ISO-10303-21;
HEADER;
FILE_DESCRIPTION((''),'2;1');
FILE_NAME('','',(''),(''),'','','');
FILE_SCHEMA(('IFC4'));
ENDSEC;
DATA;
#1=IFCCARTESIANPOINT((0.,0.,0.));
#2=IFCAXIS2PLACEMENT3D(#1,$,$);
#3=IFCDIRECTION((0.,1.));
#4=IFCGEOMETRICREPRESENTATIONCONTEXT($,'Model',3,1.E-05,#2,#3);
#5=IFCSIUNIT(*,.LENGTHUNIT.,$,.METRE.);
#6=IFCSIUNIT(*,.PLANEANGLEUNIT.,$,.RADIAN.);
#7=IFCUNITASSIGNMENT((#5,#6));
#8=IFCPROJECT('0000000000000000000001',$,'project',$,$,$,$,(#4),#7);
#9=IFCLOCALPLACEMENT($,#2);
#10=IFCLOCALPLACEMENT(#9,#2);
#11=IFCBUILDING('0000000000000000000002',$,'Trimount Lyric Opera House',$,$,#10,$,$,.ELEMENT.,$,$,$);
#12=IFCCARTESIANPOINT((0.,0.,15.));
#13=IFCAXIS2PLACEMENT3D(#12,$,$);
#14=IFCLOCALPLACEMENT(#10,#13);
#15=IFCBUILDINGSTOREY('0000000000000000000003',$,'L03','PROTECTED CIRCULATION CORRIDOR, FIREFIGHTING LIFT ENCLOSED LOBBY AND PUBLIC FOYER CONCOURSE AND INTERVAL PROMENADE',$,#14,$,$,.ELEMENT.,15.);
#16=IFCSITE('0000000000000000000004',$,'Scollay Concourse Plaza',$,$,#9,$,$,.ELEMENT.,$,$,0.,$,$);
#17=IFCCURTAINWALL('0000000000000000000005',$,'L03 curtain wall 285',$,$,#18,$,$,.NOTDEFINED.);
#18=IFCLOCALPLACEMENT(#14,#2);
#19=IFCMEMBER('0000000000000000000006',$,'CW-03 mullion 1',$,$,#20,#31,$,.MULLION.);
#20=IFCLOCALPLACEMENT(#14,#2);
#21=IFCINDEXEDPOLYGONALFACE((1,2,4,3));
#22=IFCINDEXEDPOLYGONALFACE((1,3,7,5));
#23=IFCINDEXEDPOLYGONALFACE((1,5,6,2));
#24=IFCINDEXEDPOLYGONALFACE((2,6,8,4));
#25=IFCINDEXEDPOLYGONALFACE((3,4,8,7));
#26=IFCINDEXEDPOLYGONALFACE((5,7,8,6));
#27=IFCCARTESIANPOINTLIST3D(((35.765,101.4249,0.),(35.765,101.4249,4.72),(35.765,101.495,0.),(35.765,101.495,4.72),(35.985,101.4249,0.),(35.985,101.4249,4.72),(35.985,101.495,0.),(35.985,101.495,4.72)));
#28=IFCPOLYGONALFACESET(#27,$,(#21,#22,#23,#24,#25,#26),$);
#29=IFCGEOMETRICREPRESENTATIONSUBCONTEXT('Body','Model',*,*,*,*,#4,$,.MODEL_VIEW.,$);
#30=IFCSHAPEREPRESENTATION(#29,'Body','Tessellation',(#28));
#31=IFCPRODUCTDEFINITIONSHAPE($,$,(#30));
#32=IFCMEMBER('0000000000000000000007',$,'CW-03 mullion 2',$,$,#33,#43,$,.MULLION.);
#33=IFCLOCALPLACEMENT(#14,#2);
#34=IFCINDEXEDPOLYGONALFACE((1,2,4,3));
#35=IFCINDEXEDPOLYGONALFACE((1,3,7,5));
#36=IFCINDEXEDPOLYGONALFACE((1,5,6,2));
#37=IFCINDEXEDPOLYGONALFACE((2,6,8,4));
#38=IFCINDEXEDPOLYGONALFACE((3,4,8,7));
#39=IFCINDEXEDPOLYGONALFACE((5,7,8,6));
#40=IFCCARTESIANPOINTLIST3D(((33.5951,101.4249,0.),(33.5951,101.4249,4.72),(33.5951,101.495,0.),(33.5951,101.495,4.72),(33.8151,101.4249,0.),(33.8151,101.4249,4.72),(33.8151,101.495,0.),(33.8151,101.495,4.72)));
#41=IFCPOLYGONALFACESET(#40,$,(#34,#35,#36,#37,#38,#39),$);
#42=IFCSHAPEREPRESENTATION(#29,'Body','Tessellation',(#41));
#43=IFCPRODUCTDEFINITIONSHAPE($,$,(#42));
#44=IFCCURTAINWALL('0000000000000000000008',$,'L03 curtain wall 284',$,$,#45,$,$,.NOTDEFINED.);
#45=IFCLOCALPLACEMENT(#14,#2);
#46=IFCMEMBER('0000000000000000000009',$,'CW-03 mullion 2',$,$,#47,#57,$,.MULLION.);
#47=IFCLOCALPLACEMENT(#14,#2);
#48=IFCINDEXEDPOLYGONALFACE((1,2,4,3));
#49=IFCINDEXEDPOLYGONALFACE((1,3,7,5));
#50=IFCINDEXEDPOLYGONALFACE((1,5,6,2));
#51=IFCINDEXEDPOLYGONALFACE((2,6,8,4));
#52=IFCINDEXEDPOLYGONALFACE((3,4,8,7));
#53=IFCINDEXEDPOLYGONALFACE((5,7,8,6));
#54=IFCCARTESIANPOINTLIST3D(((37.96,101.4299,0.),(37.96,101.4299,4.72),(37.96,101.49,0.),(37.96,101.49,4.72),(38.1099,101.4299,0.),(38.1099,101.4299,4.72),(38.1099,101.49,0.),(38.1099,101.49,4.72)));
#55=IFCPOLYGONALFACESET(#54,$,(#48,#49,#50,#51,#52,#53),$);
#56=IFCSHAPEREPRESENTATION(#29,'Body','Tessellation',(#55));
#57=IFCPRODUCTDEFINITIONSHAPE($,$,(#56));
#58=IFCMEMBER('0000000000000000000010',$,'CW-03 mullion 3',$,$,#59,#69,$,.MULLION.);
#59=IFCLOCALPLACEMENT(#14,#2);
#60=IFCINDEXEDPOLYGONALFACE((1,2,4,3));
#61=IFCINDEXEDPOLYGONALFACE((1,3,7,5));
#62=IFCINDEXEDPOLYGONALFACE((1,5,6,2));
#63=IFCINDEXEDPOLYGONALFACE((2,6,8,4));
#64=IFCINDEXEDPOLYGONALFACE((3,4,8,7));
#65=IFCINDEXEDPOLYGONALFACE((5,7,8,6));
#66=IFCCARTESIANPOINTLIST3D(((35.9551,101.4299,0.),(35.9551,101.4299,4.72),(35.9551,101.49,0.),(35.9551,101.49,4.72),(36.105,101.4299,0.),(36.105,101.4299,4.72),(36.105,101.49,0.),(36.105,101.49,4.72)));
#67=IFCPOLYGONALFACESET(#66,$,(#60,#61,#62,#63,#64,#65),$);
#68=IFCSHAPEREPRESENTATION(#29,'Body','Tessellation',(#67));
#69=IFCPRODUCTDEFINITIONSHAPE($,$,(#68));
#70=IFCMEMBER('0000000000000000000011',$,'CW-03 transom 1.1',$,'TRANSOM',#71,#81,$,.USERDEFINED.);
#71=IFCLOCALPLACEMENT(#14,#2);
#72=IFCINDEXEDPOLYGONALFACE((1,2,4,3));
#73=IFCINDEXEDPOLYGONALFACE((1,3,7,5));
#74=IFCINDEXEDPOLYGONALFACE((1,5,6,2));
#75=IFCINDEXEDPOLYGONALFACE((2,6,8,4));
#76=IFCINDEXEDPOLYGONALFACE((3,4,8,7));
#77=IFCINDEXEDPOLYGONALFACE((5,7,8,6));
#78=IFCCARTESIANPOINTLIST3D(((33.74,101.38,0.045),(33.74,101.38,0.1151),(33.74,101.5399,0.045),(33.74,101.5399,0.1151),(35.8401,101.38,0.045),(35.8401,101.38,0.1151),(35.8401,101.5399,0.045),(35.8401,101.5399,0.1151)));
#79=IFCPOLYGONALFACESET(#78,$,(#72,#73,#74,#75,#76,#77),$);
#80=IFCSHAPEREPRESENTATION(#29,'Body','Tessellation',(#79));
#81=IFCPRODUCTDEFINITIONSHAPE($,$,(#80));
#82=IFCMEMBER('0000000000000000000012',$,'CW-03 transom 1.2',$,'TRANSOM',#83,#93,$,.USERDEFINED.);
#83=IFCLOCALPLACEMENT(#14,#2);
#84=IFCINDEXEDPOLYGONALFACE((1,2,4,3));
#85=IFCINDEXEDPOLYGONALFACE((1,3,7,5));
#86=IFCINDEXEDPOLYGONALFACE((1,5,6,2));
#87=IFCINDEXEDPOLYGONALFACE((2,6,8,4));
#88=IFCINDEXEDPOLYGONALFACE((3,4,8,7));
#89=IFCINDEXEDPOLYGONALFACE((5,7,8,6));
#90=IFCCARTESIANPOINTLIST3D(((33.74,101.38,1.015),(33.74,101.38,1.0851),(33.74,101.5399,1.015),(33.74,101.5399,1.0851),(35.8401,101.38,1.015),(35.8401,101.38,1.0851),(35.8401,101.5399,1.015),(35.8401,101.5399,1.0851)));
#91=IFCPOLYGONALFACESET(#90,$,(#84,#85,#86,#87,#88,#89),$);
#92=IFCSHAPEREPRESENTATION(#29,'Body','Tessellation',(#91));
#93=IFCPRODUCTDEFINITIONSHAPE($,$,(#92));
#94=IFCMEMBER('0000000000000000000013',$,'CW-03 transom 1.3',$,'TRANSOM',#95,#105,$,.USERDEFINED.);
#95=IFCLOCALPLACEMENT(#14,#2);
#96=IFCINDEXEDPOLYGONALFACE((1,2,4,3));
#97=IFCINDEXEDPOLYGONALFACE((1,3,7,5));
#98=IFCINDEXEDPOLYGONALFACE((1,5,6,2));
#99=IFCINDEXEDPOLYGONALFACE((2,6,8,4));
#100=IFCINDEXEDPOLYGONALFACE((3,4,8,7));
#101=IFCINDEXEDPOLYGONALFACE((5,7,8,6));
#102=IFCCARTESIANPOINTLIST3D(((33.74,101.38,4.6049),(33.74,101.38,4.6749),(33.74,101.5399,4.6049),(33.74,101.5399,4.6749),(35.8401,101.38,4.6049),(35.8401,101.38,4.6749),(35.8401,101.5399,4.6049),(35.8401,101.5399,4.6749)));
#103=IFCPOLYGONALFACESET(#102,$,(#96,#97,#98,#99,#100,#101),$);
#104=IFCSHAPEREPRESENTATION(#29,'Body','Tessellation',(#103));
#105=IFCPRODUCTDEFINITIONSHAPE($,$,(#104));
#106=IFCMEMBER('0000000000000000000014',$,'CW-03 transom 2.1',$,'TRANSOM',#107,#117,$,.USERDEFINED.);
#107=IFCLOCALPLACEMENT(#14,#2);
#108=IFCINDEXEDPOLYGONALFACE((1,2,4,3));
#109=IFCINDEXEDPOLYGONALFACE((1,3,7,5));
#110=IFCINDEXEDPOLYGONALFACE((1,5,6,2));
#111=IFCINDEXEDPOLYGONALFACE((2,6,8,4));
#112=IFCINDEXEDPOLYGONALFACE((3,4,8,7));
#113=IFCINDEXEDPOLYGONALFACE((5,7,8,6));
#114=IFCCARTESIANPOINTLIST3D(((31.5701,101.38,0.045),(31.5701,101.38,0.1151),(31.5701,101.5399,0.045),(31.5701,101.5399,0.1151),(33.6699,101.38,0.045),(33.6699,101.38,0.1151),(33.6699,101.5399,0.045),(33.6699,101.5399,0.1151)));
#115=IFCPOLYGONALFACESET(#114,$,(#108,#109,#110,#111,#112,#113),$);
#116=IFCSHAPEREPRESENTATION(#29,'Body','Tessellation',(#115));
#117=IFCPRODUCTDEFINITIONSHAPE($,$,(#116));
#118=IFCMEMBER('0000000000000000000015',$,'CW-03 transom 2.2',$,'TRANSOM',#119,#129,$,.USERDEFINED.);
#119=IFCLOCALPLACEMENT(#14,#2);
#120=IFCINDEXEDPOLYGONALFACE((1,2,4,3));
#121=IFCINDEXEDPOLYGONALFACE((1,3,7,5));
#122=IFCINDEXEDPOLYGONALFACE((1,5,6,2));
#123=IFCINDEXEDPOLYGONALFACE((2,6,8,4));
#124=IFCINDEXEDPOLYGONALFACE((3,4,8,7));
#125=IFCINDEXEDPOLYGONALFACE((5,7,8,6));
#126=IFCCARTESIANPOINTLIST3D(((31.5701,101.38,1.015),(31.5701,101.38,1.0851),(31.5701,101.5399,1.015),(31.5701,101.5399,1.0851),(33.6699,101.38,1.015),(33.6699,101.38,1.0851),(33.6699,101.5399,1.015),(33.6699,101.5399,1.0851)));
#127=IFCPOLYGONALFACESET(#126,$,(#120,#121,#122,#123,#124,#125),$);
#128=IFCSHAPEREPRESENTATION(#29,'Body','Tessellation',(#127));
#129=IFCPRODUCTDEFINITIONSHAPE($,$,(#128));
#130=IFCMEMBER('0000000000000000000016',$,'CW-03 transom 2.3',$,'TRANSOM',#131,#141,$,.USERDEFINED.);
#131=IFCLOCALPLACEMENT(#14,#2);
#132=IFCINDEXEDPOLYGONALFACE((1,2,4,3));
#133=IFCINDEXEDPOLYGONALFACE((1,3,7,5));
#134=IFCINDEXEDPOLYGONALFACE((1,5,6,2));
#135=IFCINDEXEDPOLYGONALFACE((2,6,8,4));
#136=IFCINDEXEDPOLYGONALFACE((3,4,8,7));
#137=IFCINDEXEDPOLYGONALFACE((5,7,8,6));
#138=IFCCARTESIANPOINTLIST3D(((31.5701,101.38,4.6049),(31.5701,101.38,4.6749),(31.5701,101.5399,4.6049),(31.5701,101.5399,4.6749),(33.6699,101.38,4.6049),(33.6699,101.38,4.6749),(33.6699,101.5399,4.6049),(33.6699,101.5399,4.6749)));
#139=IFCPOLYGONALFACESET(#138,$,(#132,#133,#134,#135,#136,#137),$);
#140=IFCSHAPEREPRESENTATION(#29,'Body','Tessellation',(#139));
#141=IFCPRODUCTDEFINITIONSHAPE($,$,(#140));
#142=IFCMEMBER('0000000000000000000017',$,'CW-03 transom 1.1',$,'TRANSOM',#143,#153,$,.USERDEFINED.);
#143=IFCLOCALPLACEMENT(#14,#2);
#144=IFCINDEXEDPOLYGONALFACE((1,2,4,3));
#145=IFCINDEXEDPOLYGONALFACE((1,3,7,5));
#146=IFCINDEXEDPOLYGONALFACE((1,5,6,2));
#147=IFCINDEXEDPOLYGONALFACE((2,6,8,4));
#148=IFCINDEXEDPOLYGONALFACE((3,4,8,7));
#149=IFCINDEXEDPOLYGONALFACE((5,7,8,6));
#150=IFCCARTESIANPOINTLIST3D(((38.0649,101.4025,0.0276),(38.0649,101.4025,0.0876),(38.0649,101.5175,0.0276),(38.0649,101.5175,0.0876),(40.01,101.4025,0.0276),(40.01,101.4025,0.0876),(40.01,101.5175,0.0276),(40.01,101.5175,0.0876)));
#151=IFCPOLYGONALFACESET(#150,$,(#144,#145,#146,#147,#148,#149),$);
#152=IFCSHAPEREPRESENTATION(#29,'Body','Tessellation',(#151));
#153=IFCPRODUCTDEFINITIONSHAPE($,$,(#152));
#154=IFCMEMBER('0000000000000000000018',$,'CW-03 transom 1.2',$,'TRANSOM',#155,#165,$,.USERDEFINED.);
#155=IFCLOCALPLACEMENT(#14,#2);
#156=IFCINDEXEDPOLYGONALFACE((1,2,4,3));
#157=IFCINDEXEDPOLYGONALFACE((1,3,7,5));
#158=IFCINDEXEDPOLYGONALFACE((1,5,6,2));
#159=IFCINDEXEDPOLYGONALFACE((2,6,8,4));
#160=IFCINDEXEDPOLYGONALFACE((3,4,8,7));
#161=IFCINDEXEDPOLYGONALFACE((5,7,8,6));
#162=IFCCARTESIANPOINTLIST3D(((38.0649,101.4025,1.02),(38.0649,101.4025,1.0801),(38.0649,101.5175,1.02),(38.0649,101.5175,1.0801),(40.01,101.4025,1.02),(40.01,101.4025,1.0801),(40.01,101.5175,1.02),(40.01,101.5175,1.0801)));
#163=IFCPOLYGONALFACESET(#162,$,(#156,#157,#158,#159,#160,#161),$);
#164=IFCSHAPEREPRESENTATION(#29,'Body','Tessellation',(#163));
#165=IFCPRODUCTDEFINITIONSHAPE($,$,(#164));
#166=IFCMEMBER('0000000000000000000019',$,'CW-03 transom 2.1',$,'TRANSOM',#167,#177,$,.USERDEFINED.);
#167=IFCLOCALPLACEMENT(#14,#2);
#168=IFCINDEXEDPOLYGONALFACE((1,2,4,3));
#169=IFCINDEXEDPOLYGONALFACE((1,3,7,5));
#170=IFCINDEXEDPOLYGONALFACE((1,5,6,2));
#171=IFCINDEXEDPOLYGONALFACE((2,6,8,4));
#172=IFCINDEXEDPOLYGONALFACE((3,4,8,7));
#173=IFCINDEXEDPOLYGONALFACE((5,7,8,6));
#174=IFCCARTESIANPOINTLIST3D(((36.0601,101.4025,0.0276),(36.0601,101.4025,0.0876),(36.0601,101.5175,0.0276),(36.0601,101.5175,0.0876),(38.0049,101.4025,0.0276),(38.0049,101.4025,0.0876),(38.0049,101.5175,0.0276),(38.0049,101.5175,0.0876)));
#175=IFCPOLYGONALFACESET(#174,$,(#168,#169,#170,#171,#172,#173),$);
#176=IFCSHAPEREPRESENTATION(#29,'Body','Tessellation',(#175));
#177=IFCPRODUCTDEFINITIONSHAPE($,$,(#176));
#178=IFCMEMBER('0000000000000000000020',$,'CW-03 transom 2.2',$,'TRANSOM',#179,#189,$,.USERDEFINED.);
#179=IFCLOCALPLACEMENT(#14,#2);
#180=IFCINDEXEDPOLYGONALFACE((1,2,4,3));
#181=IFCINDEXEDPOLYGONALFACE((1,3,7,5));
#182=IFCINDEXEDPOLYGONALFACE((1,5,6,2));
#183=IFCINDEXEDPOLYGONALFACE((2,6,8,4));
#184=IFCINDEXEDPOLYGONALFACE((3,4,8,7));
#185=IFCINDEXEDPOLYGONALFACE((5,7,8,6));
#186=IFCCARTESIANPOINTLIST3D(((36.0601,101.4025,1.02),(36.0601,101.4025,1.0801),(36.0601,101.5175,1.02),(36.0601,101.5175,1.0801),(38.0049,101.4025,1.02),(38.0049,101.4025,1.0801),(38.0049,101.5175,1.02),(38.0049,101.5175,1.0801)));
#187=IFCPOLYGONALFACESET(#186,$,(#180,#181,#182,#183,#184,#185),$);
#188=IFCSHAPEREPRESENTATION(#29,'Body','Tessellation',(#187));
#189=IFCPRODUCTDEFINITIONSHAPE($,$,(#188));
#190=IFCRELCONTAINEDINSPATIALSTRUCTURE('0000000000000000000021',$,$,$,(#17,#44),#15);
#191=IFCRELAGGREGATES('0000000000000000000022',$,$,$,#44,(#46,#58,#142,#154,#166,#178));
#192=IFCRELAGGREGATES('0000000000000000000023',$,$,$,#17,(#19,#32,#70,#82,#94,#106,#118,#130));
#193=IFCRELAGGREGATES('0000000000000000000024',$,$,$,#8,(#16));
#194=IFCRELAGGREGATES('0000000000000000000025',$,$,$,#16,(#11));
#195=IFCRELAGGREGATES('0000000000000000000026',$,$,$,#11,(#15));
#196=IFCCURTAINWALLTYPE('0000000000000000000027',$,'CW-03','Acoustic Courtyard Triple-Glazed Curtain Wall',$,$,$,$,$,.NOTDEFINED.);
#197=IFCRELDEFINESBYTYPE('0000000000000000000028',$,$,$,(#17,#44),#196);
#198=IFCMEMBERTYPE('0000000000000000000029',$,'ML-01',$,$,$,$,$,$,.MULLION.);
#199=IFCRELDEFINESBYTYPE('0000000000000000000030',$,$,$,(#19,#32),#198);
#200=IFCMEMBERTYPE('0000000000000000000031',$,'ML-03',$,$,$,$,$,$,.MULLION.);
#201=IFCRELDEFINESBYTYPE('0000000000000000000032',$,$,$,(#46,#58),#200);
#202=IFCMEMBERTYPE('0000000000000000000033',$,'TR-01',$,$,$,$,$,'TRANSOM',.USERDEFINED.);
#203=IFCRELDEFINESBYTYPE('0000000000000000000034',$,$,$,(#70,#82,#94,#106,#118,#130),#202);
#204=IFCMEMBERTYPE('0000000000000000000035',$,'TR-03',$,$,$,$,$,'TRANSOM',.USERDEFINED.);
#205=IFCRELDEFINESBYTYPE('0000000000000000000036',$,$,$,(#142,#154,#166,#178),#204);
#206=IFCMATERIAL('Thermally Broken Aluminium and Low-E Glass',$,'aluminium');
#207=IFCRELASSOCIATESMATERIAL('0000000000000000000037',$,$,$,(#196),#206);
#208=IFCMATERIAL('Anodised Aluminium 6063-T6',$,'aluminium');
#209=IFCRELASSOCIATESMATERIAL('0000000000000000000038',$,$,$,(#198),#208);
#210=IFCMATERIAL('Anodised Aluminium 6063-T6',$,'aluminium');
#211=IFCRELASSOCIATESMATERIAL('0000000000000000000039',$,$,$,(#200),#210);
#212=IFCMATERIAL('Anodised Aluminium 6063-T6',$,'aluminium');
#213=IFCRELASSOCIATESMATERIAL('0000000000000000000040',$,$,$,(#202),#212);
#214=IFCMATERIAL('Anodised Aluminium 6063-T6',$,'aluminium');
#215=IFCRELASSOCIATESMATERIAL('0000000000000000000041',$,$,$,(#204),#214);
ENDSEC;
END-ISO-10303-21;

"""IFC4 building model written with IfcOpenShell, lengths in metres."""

from ifc_helpers import new_model, si_unit, direction, frame, origin, origin_2d, place, context, subcontext, project, spatial, rectangle, extrude, material, material_profile, profile_set, type_object, element, aggregate, save


model = new_model("IFC4")

# Units and contexts
model_context = context("Model", 3, precision=1e-05, world=origin(), true_north=direction((0.0, 1.0)))
body_context = subcontext(model_context, "Body", "Model", "MODEL_VIEW")
ifc_project = project(units=[si_unit("LENGTHUNIT", "METRE"), si_unit("PLANEANGLEUNIT", "RADIAN")], contexts=[model_context])

# Site, building, storey
site_placement = place(None, origin())
site = spatial("IfcSite", under=ifc_project, at=site_placement, Name="Scollay Concourse Plaza", CompositionType="ELEMENT", RefElevation=0.0)
building_placement = place(site_placement, origin())
building = spatial("IfcBuilding", under=site, at=building_placement, Name="Trimount Lyric Opera House", CompositionType="ELEMENT")
storey_placement = place(building_placement, frame((0.0, 0.0, 15.0)))
storey = spatial("IfcBuildingStorey", under=building, at=storey_placement, Name="L03", Description="PROTECTED CIRCULATION CORRIDOR, FIREFIGHTING LIFT ENCLOSED LOBBY AND PUBLIC FOYER CONCOURSE AND INTERVAL PROMENADE", CompositionType="ELEMENT", Elevation=15.0)

# Curtain walls, members
ifc_material_1 = material(Name="Thermally Broken Aluminium and Low-E Glass", Category="aluminium")
curtain_wall_type = type_object("IfcCurtainWallType", Name="CW-03", Description="Acoustic Courtyard Triple-Glazed Curtain Wall", PredefinedType="NOTDEFINED", material=ifc_material_1)
curtain_wall_1_placement = place(storey_placement, origin())
curtain_wall_1 = element("IfcCurtainWall", 1, at=curtain_wall_1_placement, inside=storey, type_object=curtain_wall_type, Name="L03 curtain wall 285", PredefinedType="NOTDEFINED")
ifc_material_2 = material(Name="Anodised Aluminium 6063-T6", Category="aluminium")
ifc_material_profile_1 = material_profile(ifc_material_2, rectangle(XDim=0.0701, YDim=0.22, at=origin_2d()), Name="ALU-MULL-70X220")
ifc_profile_set_1 = profile_set([ifc_material_profile_1], Name="Anodised Aluminium 6063-T6")
member_type_1 = type_object("IfcMemberType", Name="ML-01", PredefinedType="MULLION", material=ifc_profile_set_1)
member_1_placement = place(storey_placement, frame((35.875, 101.46, 0.0), z_axis=(0.0, 0.0, 1.0), x_axis=(0.0, -1.0, 0.0)))
member_1 = element("IfcMember", 2, at=member_1_placement, type_object=member_type_1, Name="CW-03 mullion 1", PredefinedType="MULLION", context=body_context, shape_type="SweptSolid", body=[
    extrude(rectangle(XDim=0.0701, YDim=0.22, at=origin_2d()), origin(), (0.0, 0.0, 1.0), 4.72),
])
member_2_placement = place(storey_placement, frame((33.7051, 101.46, 0.0), z_axis=(0.0, 0.0, 1.0), x_axis=(0.0, -1.0, 0.0)))
member_2 = element("IfcMember", 3, at=member_2_placement, type_object=member_type_1, Name="CW-03 mullion 2", PredefinedType="MULLION", context=body_context, shape_type="SweptSolid", body=[
    extrude(rectangle(XDim=0.0701, YDim=0.22, at=origin_2d()), origin(), (0.0, 0.0, 1.0), 4.72),
])
curtain_wall_2_placement = place(storey_placement, origin())
curtain_wall_2 = element("IfcCurtainWall", 4, at=curtain_wall_2_placement, inside=storey, type_object=curtain_wall_type, Name="L03 curtain wall 284", PredefinedType="NOTDEFINED")
ifc_material_3 = material(Name="Anodised Aluminium 6063-T6", Category="aluminium")
ifc_material_profile_2 = material_profile(ifc_material_3, rectangle(XDim=0.0601, YDim=0.1499, at=origin_2d()), Name="ALU-MULL-60X150")
ifc_profile_set_2 = profile_set([ifc_material_profile_2], Name="Anodised Aluminium 6063-T6")
member_type_2 = type_object("IfcMemberType", Name="ML-03", PredefinedType="MULLION", material=ifc_profile_set_2)
member_3_placement = place(storey_placement, frame((38.0349, 101.46, 0.0), z_axis=(0.0, 0.0, 1.0), x_axis=(0.0, -1.0, 0.0)))
member_3 = element("IfcMember", 5, at=member_3_placement, type_object=member_type_2, Name="CW-03 mullion 2", PredefinedType="MULLION", context=body_context, shape_type="SweptSolid", body=[
    extrude(rectangle(XDim=0.0601, YDim=0.1499, at=origin_2d()), origin(), (0.0, 0.0, 1.0), 4.72),
])
member_4_placement = place(storey_placement, frame((36.03, 101.46, 0.0), z_axis=(0.0, 0.0, 1.0), x_axis=(0.0, -1.0, 0.0)))
member_4 = element("IfcMember", 6, at=member_4_placement, type_object=member_type_2, Name="CW-03 mullion 3", PredefinedType="MULLION", context=body_context, shape_type="SweptSolid", body=[
    extrude(rectangle(XDim=0.0601, YDim=0.1499, at=origin_2d()), origin(), (0.0, 0.0, 1.0), 4.72),
])

# Members
ifc_material_4 = material(Name="Anodised Aluminium 6063-T6", Category="aluminium")
ifc_material_profile_3 = material_profile(ifc_material_4, rectangle(XDim=0.1599, YDim=0.0701, at=origin_2d()), Name="ALU-TRAN-70X160")
ifc_profile_set_3 = profile_set([ifc_material_profile_3], Name="Anodised Aluminium 6063-T6")
member_type_3 = type_object("IfcMemberType", Name="TR-01", ElementType="TRANSOM", PredefinedType="USERDEFINED", material=ifc_profile_set_3)
member_5_placement = place(storey_placement, frame((35.8401, 101.46, 0.0801), z_axis=(-1.0, 0.0, 0.0), x_axis=(0.0, -1.0, 0.0)))
member_5 = element("IfcMember", 7, at=member_5_placement, type_object=member_type_3, Name="CW-03 transom 1.1", ObjectType="TRANSOM", PredefinedType="USERDEFINED", context=body_context, shape_type="SweptSolid", body=[
    extrude(rectangle(XDim=0.1599, YDim=0.0701, at=origin_2d()), origin(), (0.0, 0.0, 1.0), 2.1001),
])
member_6_placement = place(storey_placement, frame((35.8401, 101.46, 1.05), z_axis=(-1.0, 0.0, 0.0), x_axis=(0.0, -1.0, 0.0)))
member_6 = element("IfcMember", 8, at=member_6_placement, type_object=member_type_3, Name="CW-03 transom 1.2", ObjectType="TRANSOM", PredefinedType="USERDEFINED", context=body_context, shape_type="SweptSolid", body=[
    extrude(rectangle(XDim=0.1599, YDim=0.0701, at=origin_2d()), origin(), (0.0, 0.0, 1.0), 2.1001),
])
member_7_placement = place(storey_placement, frame((35.8401, 101.46, 4.6399), z_axis=(-1.0, 0.0, 0.0), x_axis=(0.0, -1.0, 0.0)))
member_7 = element("IfcMember", 9, at=member_7_placement, type_object=member_type_3, Name="CW-03 transom 1.3", ObjectType="TRANSOM", PredefinedType="USERDEFINED", context=body_context, shape_type="SweptSolid", body=[
    extrude(rectangle(XDim=0.1599, YDim=0.0701, at=origin_2d()), origin(), (0.0, 0.0, 1.0), 2.1001),
])
member_8_placement = place(storey_placement, frame((33.6699, 101.46, 0.0801), z_axis=(-1.0, 0.0, 0.0), x_axis=(0.0, -1.0, 0.0)))
member_8 = element("IfcMember", 10, at=member_8_placement, type_object=member_type_3, Name="CW-03 transom 2.1", ObjectType="TRANSOM", PredefinedType="USERDEFINED", context=body_context, shape_type="SweptSolid", body=[
    extrude(rectangle(XDim=0.1599, YDim=0.0701, at=origin_2d()), origin(), (0.0, 0.0, 1.0), 2.0999),
])
member_9_placement = place(storey_placement, frame((33.6699, 101.46, 1.05), z_axis=(-1.0, 0.0, 0.0), x_axis=(0.0, -1.0, 0.0)))
member_9 = element("IfcMember", 11, at=member_9_placement, type_object=member_type_3, Name="CW-03 transom 2.2", ObjectType="TRANSOM", PredefinedType="USERDEFINED", context=body_context, shape_type="SweptSolid", body=[
    extrude(rectangle(XDim=0.1599, YDim=0.0701, at=origin_2d()), origin(), (0.0, 0.0, 1.0), 2.0999),
])
member_10_placement = place(storey_placement, frame((33.6699, 101.46, 4.6399), z_axis=(-1.0, 0.0, 0.0), x_axis=(0.0, -1.0, 0.0)))
member_10 = element("IfcMember", 12, at=member_10_placement, type_object=member_type_3, Name="CW-03 transom 2.3", ObjectType="TRANSOM", PredefinedType="USERDEFINED", context=body_context, shape_type="SweptSolid", body=[
    extrude(rectangle(XDim=0.1599, YDim=0.0701, at=origin_2d()), origin(), (0.0, 0.0, 1.0), 2.0999),
])
ifc_material_5 = material(Name="Anodised Aluminium 6063-T6", Category="aluminium")
ifc_material_profile_4 = material_profile(ifc_material_5, rectangle(XDim=0.115, YDim=0.0601, at=origin_2d()), Name="ALU-TRAN-60X115")
ifc_profile_set_4 = profile_set([ifc_material_profile_4], Name="Anodised Aluminium 6063-T6")
member_type_4 = type_object("IfcMemberType", Name="TR-03", ElementType="TRANSOM", PredefinedType="USERDEFINED", material=ifc_profile_set_4)
member_11_placement = place(storey_placement, frame((40.01, 101.46, 0.0576), z_axis=(-1.0, 0.0, 0.0), x_axis=(0.0, -1.0, 0.0)))
member_11 = element("IfcMember", 13, at=member_11_placement, type_object=member_type_4, Name="CW-03 transom 1.1", ObjectType="TRANSOM", PredefinedType="USERDEFINED", context=body_context, shape_type="SweptSolid", body=[
    extrude(rectangle(XDim=0.115, YDim=0.0601, at=origin_2d()), origin(), (0.0, 0.0, 1.0), 1.9451),
])
member_12_placement = place(storey_placement, frame((40.01, 101.46, 1.05), z_axis=(-1.0, 0.0, 0.0), x_axis=(0.0, -1.0, 0.0)))
member_12 = element("IfcMember", 14, at=member_12_placement, type_object=member_type_4, Name="CW-03 transom 1.2", ObjectType="TRANSOM", PredefinedType="USERDEFINED", context=body_context, shape_type="SweptSolid", body=[
    extrude(rectangle(XDim=0.115, YDim=0.0601, at=origin_2d()), origin(), (0.0, 0.0, 1.0), 1.9451),
])
member_13_placement = place(storey_placement, frame((38.0049, 101.46, 0.0576), z_axis=(-1.0, 0.0, 0.0), x_axis=(0.0, -1.0, 0.0)))
member_13 = element("IfcMember", 15, at=member_13_placement, type_object=member_type_4, Name="CW-03 transom 2.1", ObjectType="TRANSOM", PredefinedType="USERDEFINED", context=body_context, shape_type="SweptSolid", body=[
    extrude(rectangle(XDim=0.115, YDim=0.0601, at=origin_2d()), origin(), (0.0, 0.0, 1.0), 1.9448),
])
member_14_placement = place(storey_placement, frame((38.0049, 101.46, 1.05), z_axis=(-1.0, 0.0, 0.0), x_axis=(0.0, -1.0, 0.0)))
member_14 = element("IfcMember", 16, at=member_14_placement, type_object=member_type_4, Name="CW-03 transom 2.2", ObjectType="TRANSOM", PredefinedType="USERDEFINED", context=body_context, shape_type="SweptSolid", body=[
    extrude(rectangle(XDim=0.115, YDim=0.0601, at=origin_2d()), origin(), (0.0, 0.0, 1.0), 1.9448),
])

aggregate(curtain_wall_2, [member_3, member_4, member_11, member_12, member_13, member_14])
aggregate(curtain_wall_1, [member_1, member_2, member_5, member_6, member_7, member_8, member_9, member_10])

save(model, "model.ifc")
